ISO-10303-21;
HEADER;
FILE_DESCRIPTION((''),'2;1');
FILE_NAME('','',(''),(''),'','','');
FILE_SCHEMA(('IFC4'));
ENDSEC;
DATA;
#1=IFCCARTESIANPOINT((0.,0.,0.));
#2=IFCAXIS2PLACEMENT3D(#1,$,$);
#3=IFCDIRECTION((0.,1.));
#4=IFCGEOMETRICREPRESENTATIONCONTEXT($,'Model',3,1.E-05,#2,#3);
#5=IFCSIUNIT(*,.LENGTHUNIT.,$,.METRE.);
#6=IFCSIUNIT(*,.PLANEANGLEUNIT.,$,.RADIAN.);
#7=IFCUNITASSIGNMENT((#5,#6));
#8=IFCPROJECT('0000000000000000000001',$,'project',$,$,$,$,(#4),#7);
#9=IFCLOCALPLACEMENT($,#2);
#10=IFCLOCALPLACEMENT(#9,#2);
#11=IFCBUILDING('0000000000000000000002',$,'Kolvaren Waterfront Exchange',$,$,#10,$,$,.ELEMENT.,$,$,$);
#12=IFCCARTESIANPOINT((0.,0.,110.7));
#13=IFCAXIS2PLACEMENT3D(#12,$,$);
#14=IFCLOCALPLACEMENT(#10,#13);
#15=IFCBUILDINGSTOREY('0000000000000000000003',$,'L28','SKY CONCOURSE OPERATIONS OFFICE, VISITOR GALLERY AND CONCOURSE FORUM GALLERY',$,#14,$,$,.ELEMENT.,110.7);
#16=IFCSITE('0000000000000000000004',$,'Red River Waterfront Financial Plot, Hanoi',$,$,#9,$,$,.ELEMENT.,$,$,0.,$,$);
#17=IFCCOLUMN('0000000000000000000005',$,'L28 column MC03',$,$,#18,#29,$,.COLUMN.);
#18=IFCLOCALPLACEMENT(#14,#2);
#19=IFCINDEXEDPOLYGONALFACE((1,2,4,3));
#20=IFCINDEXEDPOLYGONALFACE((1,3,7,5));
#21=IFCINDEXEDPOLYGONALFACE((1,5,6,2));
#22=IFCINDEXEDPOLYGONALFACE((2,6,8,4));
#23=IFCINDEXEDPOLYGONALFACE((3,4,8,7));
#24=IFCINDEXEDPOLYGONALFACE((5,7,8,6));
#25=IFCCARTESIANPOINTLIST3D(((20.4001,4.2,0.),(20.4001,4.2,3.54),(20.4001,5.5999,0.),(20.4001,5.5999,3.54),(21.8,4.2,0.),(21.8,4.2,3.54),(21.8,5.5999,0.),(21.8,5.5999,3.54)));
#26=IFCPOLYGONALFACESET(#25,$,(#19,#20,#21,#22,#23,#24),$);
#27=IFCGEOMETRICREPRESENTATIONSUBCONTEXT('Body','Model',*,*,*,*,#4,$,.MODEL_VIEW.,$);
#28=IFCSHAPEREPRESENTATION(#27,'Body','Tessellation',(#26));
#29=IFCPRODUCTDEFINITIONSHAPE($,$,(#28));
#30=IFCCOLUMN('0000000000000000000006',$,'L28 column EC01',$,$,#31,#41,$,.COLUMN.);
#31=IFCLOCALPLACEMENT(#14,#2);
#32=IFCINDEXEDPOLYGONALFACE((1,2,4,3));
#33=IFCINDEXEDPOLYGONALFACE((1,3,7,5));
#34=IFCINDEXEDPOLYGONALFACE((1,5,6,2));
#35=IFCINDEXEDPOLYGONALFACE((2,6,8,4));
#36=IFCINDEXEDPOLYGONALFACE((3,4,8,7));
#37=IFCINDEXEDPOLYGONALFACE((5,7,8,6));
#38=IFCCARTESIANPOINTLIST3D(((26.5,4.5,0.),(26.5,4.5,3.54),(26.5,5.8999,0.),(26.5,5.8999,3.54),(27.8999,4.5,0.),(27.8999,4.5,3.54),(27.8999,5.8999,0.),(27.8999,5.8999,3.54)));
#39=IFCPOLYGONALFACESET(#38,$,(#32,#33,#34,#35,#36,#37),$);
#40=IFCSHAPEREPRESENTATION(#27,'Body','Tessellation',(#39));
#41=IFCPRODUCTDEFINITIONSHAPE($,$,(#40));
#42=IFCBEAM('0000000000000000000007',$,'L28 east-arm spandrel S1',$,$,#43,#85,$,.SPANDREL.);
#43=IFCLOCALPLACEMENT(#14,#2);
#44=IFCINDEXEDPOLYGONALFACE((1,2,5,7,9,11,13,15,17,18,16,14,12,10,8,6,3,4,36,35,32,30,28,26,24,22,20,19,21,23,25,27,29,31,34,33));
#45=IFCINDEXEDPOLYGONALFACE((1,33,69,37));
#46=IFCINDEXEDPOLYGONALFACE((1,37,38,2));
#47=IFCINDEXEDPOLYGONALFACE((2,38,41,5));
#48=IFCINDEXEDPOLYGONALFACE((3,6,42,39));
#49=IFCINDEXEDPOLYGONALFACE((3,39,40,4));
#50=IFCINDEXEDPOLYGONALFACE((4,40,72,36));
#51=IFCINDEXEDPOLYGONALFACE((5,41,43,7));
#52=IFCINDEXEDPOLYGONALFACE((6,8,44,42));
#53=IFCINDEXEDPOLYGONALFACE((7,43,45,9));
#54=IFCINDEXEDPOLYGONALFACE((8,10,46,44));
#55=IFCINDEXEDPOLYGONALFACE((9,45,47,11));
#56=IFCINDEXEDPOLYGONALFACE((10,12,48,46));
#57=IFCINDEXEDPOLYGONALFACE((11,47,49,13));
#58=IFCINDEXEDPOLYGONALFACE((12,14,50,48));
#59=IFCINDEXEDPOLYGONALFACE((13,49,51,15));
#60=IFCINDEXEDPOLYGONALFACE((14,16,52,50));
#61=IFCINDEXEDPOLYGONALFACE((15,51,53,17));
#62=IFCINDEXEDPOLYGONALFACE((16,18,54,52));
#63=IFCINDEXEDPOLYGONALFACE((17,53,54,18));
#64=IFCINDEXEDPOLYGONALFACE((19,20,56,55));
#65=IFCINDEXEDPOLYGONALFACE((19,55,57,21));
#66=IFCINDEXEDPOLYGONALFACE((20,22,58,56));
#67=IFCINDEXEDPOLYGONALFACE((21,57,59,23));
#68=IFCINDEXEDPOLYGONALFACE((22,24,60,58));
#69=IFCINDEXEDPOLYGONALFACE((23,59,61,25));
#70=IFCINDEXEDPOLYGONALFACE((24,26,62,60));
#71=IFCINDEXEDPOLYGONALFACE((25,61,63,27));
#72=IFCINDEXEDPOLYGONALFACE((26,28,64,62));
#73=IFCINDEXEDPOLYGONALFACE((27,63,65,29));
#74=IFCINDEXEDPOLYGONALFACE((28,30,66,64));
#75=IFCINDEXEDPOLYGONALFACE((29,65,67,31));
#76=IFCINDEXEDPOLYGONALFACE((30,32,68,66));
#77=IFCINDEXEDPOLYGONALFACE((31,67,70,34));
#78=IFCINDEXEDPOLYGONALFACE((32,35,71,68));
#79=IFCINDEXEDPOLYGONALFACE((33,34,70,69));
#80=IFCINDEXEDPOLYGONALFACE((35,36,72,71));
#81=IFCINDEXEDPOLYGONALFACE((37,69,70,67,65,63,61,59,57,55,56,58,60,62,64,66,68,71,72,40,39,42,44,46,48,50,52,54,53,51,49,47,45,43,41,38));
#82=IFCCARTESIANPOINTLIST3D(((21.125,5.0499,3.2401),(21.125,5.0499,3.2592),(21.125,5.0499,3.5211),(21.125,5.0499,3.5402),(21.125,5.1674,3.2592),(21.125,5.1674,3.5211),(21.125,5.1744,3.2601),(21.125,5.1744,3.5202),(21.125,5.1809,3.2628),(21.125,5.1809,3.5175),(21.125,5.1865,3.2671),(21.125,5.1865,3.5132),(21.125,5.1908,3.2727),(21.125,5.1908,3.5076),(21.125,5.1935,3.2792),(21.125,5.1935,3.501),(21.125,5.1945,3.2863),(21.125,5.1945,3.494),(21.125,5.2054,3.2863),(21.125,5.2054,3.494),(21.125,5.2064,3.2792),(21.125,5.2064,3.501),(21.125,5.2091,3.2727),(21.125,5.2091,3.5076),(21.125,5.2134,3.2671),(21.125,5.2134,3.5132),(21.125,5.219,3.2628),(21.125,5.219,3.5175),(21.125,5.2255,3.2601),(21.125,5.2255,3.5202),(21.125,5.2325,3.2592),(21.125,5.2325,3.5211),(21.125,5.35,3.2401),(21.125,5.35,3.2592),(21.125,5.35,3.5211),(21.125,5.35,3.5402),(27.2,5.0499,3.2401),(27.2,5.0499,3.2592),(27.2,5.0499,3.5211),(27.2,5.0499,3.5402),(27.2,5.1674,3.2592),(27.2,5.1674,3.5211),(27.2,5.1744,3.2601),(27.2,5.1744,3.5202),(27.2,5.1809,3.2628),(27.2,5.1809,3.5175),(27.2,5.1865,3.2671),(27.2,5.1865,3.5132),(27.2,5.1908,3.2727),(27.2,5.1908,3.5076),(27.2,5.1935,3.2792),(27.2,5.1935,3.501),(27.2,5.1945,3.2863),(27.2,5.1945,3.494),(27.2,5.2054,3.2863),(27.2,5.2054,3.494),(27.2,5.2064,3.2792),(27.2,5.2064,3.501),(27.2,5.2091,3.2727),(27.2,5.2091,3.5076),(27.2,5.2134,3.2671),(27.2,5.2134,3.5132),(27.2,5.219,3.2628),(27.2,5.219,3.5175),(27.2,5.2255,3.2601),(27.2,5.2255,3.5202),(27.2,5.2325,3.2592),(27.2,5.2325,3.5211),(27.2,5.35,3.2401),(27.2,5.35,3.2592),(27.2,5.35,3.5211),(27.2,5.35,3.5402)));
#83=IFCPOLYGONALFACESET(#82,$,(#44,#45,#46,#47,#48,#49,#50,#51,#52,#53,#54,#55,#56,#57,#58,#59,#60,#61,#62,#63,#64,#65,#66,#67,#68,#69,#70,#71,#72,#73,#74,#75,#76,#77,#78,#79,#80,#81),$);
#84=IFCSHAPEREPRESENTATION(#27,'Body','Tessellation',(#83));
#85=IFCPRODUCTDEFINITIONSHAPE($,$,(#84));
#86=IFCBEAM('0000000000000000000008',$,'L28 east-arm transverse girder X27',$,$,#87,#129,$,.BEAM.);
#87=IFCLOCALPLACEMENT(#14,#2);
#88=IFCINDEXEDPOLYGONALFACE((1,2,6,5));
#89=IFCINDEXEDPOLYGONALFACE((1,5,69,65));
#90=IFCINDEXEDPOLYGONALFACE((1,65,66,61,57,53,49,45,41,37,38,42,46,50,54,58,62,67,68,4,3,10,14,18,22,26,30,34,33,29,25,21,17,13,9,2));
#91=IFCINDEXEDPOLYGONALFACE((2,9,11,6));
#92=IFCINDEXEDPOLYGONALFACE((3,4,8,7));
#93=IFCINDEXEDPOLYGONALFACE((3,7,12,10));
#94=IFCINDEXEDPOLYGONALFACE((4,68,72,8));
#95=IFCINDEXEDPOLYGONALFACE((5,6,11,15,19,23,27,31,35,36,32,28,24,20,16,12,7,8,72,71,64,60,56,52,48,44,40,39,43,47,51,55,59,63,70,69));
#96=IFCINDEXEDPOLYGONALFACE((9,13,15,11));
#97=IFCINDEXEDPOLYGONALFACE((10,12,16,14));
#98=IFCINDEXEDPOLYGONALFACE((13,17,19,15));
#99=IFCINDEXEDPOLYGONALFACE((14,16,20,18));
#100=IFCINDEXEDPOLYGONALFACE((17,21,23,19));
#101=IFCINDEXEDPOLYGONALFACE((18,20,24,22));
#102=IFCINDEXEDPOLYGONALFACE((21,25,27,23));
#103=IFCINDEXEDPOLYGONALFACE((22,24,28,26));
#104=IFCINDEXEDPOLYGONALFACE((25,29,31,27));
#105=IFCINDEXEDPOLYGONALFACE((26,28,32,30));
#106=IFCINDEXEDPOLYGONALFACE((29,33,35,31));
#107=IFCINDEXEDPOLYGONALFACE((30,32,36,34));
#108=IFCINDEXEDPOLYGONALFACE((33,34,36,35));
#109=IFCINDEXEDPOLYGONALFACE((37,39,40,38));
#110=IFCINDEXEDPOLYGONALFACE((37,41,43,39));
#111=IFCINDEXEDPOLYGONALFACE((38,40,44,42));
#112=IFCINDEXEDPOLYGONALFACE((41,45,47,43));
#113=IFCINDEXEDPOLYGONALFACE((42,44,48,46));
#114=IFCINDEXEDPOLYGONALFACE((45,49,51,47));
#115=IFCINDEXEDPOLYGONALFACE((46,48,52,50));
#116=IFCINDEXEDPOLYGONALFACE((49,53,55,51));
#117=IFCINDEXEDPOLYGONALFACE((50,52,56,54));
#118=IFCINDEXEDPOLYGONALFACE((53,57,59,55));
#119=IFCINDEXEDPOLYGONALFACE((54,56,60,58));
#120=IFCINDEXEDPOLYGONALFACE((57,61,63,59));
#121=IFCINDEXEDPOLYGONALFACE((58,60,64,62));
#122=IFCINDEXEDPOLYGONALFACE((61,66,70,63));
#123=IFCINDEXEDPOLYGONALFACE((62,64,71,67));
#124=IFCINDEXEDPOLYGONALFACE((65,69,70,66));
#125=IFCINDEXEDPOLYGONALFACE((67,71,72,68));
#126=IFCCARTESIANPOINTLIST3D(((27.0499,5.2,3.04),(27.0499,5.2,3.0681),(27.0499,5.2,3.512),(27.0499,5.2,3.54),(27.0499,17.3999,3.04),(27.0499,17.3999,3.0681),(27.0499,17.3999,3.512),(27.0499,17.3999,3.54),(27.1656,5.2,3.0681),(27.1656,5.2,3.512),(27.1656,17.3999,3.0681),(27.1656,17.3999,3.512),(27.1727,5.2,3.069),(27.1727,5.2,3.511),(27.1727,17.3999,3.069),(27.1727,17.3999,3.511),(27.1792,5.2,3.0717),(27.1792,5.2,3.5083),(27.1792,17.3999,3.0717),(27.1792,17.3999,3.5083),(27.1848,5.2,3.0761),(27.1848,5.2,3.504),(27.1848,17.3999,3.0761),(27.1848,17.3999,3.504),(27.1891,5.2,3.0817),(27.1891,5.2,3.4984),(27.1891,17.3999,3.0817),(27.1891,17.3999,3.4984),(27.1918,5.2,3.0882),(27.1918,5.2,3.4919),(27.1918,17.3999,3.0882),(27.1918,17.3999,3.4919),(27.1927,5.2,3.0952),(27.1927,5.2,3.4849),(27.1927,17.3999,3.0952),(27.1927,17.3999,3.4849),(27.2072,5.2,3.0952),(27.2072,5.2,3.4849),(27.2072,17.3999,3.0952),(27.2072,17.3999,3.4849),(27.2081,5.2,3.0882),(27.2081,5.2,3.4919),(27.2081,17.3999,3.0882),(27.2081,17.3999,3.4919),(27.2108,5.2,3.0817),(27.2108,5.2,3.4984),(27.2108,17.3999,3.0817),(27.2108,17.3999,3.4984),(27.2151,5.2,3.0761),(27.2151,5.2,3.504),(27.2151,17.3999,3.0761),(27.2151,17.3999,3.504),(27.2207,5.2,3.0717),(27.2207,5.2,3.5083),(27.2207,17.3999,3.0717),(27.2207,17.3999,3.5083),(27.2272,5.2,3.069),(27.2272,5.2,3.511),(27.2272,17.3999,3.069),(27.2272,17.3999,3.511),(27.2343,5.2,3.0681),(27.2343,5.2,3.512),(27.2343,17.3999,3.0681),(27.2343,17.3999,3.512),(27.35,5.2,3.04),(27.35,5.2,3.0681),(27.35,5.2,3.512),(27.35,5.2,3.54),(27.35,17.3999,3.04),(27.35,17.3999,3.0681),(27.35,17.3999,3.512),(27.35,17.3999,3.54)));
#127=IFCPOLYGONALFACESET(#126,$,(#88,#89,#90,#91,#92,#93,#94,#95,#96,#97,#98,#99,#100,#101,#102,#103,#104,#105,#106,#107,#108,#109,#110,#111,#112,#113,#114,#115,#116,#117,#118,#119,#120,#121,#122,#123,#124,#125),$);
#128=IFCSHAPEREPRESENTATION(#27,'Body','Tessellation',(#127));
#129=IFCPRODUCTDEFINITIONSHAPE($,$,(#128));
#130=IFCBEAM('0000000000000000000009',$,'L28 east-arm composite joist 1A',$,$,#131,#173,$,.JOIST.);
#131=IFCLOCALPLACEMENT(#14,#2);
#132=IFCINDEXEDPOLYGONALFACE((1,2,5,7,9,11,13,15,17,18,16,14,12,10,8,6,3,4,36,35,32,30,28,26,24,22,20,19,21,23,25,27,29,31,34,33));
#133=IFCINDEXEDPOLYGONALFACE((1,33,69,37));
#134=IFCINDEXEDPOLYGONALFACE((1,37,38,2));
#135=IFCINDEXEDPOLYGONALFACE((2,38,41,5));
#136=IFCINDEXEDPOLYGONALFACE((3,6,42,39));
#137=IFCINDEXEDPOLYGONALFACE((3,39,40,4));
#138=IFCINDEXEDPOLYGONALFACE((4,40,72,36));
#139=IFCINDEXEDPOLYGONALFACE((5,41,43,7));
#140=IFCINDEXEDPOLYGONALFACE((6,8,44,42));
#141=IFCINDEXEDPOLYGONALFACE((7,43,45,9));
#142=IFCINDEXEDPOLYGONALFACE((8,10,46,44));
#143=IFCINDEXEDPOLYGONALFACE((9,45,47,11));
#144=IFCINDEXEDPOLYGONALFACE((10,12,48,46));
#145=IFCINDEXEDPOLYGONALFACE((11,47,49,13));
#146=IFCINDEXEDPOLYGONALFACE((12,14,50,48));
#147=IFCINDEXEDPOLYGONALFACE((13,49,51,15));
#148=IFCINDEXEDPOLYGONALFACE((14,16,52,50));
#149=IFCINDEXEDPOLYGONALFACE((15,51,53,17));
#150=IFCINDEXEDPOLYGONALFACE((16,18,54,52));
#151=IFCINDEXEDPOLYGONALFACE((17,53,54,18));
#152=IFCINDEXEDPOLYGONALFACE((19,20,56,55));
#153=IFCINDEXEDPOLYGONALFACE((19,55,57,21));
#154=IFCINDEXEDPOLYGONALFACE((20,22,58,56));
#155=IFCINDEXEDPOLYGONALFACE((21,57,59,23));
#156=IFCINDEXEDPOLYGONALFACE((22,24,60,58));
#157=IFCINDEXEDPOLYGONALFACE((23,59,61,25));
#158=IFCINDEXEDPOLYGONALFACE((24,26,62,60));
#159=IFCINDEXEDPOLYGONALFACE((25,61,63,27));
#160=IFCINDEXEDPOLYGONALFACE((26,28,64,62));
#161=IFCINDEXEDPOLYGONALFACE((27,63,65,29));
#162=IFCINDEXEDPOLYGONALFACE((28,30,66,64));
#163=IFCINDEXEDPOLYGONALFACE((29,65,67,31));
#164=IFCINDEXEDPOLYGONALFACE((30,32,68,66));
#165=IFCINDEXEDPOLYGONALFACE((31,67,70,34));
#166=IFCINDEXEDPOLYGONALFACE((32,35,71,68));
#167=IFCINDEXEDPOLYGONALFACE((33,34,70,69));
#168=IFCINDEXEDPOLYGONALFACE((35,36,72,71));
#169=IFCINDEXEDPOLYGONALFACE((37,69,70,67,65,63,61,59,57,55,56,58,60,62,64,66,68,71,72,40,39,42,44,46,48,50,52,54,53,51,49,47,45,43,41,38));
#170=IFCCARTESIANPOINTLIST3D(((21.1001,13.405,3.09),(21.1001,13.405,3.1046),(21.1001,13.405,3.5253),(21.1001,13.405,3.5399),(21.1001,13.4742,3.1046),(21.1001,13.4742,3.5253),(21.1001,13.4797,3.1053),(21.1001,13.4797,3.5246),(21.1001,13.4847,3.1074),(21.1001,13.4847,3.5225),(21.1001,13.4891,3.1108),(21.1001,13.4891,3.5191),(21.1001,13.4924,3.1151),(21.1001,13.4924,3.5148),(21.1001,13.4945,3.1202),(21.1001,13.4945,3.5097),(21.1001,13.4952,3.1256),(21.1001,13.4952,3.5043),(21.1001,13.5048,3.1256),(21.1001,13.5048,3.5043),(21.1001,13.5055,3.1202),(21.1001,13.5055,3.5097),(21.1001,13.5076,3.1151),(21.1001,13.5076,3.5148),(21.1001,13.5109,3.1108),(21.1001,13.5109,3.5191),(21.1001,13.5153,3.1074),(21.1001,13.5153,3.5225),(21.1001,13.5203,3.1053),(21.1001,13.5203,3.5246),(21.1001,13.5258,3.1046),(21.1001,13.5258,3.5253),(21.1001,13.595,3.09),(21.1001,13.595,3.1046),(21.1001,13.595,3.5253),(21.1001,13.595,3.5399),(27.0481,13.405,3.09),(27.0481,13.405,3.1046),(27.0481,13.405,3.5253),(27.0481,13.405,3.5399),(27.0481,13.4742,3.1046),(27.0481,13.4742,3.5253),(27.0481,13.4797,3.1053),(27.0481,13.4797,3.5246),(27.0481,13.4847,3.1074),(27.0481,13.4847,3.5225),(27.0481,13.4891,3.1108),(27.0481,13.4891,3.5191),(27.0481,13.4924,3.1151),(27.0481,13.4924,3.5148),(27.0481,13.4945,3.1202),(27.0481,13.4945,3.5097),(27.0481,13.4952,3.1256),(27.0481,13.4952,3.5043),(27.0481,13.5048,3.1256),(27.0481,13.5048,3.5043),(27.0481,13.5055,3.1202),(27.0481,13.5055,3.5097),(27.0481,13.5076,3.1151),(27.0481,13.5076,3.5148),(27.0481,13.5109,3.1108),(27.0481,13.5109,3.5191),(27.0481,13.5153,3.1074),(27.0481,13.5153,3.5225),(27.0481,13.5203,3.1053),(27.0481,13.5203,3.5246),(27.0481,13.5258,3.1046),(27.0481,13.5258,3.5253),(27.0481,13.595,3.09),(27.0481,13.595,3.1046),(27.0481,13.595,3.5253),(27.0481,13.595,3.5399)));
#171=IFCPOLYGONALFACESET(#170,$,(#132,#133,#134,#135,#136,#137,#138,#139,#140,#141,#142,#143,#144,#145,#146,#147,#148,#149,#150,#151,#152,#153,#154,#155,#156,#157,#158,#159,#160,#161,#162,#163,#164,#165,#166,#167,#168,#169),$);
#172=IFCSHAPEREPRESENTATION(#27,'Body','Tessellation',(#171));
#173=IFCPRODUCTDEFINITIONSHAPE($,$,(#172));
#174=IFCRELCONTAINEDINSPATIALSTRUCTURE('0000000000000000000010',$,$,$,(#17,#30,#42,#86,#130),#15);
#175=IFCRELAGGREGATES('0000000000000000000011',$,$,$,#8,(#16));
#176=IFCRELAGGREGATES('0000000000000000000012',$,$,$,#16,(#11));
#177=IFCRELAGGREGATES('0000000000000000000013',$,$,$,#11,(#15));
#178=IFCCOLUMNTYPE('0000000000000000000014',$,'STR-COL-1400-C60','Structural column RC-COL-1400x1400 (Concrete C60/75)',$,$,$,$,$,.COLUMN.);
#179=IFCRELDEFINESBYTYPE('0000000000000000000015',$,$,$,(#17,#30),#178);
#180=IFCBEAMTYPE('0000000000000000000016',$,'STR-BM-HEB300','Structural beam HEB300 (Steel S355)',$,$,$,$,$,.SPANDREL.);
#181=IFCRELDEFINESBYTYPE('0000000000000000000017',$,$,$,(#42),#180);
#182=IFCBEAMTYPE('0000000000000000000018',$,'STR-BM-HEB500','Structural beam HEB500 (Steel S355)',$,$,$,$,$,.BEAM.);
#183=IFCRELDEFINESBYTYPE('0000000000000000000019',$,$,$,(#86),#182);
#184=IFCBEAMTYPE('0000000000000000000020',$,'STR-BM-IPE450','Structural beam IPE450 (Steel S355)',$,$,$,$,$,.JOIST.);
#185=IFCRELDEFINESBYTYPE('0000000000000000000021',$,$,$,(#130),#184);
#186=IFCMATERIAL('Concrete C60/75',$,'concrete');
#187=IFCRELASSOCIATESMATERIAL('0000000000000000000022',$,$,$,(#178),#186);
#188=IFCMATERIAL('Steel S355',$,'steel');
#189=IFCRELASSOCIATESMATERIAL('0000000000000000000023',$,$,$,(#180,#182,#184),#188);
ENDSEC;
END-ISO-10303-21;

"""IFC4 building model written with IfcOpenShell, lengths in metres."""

from ifc_helpers import new_model, si_unit, direction, frame, origin, origin_2d, place, context, subcontext, project, spatial, rectangle, i_section, extrude, material, material_profile, profile_set, type_object, element, save


model = new_model("IFC4")

# Units and contexts
model_context = context("Model", 3, precision=1e-05, world=origin(), true_north=direction((0.0, 1.0)))
body_context = subcontext(model_context, "Body", "Model", "MODEL_VIEW")
ifc_project = project(units=[si_unit("LENGTHUNIT", "METRE"), si_unit("PLANEANGLEUNIT", "RADIAN")], contexts=[model_context])

# Site, building, storey
site_placement = place(None, origin())
site = spatial("IfcSite", under=ifc_project, at=site_placement, Name="Red River Waterfront Financial Plot, Hanoi", CompositionType="ELEMENT", RefElevation=0.0)
building_placement = place(site_placement, origin())
building = spatial("IfcBuilding", under=site, at=building_placement, Name="Kolvaren Waterfront Exchange", CompositionType="ELEMENT")
storey_placement = place(building_placement, frame((0.0, 0.0, 110.7)))
storey = spatial("IfcBuildingStorey", under=building, at=storey_placement, Name="L28", Description="SKY CONCOURSE OPERATIONS OFFICE, VISITOR GALLERY AND CONCOURSE FORUM GALLERY", CompositionType="ELEMENT", Elevation=110.7)

# Columns
ifc_material_1 = material(Name="Concrete C60/75", Category="concrete")
ifc_material_profile_1 = material_profile(ifc_material_1, rectangle(XDim=1.3999, YDim=1.3999, at=origin_2d()), Name="RC-COL-1400x1400")
ifc_profile_set_1 = profile_set([ifc_material_profile_1], Name="Concrete C60/75")
column_type = type_object("IfcColumnType", Name="STR-COL-1400-C60", Description="Structural column RC-COL-1400x1400 (Concrete C60/75)", PredefinedType="COLUMN", material=ifc_profile_set_1)
for number, where, z_axis, x_axis, name in (
    (1, (21.1001, 4.8999, 0.0), (0.0, 0.0, 1.0), (1.0, 0.0, 0.0), "L28 column MC03"),
    (2, (27.2, 5.2, 0.0), (0.0, 0.0, 1.0), (1.0, 0.0, 0.0), "L28 column EC01"),
):
    element("IfcColumn", number, at=place(storey_placement, frame(where, z_axis=z_axis, x_axis=x_axis)), inside=storey, type_object=column_type, Name=name, PredefinedType="COLUMN", context=body_context, shape_type="SweptSolid", body=[
        extrude(rectangle(XDim=1.3999, YDim=1.3999, at=origin_2d()), origin(), (0.0, 0.0, 1.0), 3.54),
    ])

# Beams
ifc_material_2 = material(Name="Steel S355", Category="steel")
ifc_material_profile_2 = material_profile(ifc_material_2, i_section(OverallWidth=0.3, OverallDepth=0.3, WebThickness=0.011, FlangeThickness=0.019, FilletRadius=0.0271, at=origin_2d()), Name="HEB300")
ifc_profile_set_2 = profile_set([ifc_material_profile_2], Name="Steel S355")
beam_type_1 = type_object("IfcBeamType", Name="STR-BM-HEB300", Description="Structural beam HEB300 (Steel S355)", PredefinedType="SPANDREL", material=ifc_profile_set_2)
beam_1_placement = place(storey_placement, frame((21.125, 5.2, 3.3901), z_axis=(1.0, 0.0, 0.0), x_axis=(0.0, 1.0, 0.0)))
element("IfcBeam", 3, at=beam_1_placement, inside=storey, type_object=beam_type_1, Name="L28 east-arm spandrel S1", PredefinedType="SPANDREL", context=body_context, shape_type="SweptSolid", body=[
    extrude(i_section(OverallWidth=0.3, OverallDepth=0.3, WebThickness=0.011, FlangeThickness=0.019, FilletRadius=0.0271, at=origin_2d()), origin(), (0.0, 0.0, 1.0), 6.075),
])
ifc_material_profile_3 = material_profile(ifc_material_2, i_section(OverallWidth=0.3, OverallDepth=0.5, WebThickness=0.0144, FlangeThickness=0.0281, FilletRadius=0.0271, at=origin_2d()), Name="HEB500")
ifc_profile_set_3 = profile_set([ifc_material_profile_3], Name="Steel S355")
beam_type_2 = type_object("IfcBeamType", Name="STR-BM-HEB500", Description="Structural beam HEB500 (Steel S355)", PredefinedType="BEAM", material=ifc_profile_set_3)
beam_2_placement = place(storey_placement, frame((27.2, 5.2, 3.29), z_axis=(0.0, 1.0, 0.0), x_axis=(-1.0, 0.0, 0.0)))
element("IfcBeam", 4, at=beam_2_placement, inside=storey, type_object=beam_type_2, Name="L28 east-arm transverse girder X27", PredefinedType="BEAM", context=body_context, shape_type="SweptSolid", body=[
    extrude(i_section(OverallWidth=0.3, OverallDepth=0.5, WebThickness=0.0144, FlangeThickness=0.0281, FilletRadius=0.0271, at=origin_2d()), origin(), (0.0, 0.0, 1.0), 12.2),
])
ifc_material_profile_4 = material_profile(ifc_material_2, i_section(OverallWidth=0.1899, OverallDepth=0.45, WebThickness=0.0095, FlangeThickness=0.0146, FilletRadius=0.021, at=origin_2d()), Name="IPE450")
ifc_profile_set_4 = profile_set([ifc_material_profile_4], Name="Steel S355")
beam_type_3 = type_object("IfcBeamType", Name="STR-BM-IPE450", Description="Structural beam IPE450 (Steel S355)", PredefinedType="JOIST", material=ifc_profile_set_4)
beam_3_placement = place(storey_placement, frame((21.1001, 13.5, 3.3149), z_axis=(1.0, 0.0, 0.0), x_axis=(0.0, 1.0, 0.0)))
element("IfcBeam", 5, at=beam_3_placement, inside=storey, type_object=beam_type_3, Name="L28 east-arm composite joist 1A", PredefinedType="JOIST", context=body_context, shape_type="SweptSolid", body=[
    extrude(i_section(OverallWidth=0.1899, OverallDepth=0.45, WebThickness=0.0095, FlangeThickness=0.0146, FilletRadius=0.021, at=origin_2d()), origin(), (0.0, 0.0, 1.0), 5.948),
])

save(model, "model.ifc")
